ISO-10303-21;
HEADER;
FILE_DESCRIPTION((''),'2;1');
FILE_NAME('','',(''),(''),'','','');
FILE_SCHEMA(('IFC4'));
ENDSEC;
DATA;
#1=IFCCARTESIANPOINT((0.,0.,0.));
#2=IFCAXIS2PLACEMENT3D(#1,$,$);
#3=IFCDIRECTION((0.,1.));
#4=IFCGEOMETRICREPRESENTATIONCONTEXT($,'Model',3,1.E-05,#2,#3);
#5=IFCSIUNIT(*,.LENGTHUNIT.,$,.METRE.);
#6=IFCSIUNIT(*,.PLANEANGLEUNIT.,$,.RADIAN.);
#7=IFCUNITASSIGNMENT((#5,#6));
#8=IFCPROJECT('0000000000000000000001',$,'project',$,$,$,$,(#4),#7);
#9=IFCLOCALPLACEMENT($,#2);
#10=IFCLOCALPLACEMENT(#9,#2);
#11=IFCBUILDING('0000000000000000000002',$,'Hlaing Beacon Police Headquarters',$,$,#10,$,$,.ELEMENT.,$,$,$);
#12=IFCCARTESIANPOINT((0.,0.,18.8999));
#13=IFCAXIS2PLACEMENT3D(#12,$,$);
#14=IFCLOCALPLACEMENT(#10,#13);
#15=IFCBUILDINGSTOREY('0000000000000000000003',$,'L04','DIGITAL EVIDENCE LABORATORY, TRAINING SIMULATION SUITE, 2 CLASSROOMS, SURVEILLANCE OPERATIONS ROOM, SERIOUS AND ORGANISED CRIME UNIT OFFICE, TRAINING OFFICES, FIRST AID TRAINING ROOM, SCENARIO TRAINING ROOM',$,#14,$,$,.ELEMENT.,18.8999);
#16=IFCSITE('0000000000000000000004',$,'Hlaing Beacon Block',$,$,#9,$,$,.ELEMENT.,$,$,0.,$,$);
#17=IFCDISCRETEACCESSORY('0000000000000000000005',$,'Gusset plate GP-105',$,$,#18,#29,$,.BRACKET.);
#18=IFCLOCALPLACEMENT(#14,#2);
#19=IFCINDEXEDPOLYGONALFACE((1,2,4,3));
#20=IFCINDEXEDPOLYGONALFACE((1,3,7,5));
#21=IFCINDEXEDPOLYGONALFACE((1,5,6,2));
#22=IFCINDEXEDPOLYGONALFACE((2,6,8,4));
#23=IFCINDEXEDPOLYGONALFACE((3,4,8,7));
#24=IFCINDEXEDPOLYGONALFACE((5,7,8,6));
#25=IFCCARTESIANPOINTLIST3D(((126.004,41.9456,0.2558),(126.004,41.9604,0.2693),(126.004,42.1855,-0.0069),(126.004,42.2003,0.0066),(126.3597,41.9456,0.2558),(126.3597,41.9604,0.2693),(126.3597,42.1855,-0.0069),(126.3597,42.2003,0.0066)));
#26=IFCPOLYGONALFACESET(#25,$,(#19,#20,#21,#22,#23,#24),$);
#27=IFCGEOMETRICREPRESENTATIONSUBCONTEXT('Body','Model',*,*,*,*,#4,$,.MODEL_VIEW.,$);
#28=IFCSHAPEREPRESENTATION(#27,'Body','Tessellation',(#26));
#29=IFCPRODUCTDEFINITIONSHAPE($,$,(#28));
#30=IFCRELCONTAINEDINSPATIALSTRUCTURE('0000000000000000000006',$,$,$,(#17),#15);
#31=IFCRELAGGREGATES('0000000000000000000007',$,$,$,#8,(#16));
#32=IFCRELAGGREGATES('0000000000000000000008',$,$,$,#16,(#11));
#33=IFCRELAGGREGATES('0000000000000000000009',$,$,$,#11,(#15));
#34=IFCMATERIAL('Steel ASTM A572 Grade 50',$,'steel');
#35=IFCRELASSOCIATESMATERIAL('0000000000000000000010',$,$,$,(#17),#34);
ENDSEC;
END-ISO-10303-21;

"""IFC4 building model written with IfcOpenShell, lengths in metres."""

from ifc_helpers import new_model, si_unit, direction, frame, origin, origin_2d, place, context, subcontext, project, spatial, rectangle, extrude, material, element, save


model = new_model("IFC4")

# Units and contexts
model_context = context("Model", 3, precision=1e-05, world=origin(), true_north=direction((0.0, 1.0)))
body_context = subcontext(model_context, "Body", "Model", "MODEL_VIEW")
ifc_project = project(units=[si_unit("LENGTHUNIT", "METRE"), si_unit("PLANEANGLEUNIT", "RADIAN")], contexts=[model_context])

# Site, building, storey
site_placement = place(None, origin())
site = spatial("IfcSite", under=ifc_project, at=site_placement, Name="Hlaing Beacon Block", CompositionType="ELEMENT", RefElevation=0.0)
building_placement = place(site_placement, origin())
building = spatial("IfcBuilding", under=site, at=building_placement, Name="Hlaing Beacon Police Headquarters", CompositionType="ELEMENT")
storey_placement = place(building_placement, frame((0.0, 0.0, 18.8999)))
storey = spatial("IfcBuildingStorey", under=building, at=storey_placement, Name="L04", Description="DIGITAL EVIDENCE LABORATORY, TRAINING SIMULATION SUITE, 2 CLASSROOMS, SURVEILLANCE OPERATIONS ROOM, SERIOUS AND ORGANISED CRIME UNIT OFFICE, TRAINING OFFICES, FIRST AID TRAINING ROOM, SCENARIO TRAINING ROOM", CompositionType="ELEMENT", Elevation=18.8999)

# Discrete accessory
ifc_material_1 = material(Name="Steel ASTM A572 Grade 50", Category="steel")
discrete_accessory_placement = place(storey_placement, frame((126.1819, 42.0803, 0.1379), z_axis=(0.0, -0.738447, -0.674312), x_axis=(1.0, 0.0, 0.0)))
element("IfcDiscreteAccessory", 1, at=discrete_accessory_placement, inside=storey, material=ifc_material_1, Name="Gusset plate GP-105", PredefinedType="BRACKET", context=body_context, shape_type="SweptSolid", body=[
    extrude(rectangle(XDim=0.3557, YDim=0.3557, at=origin_2d()), origin(), (0.0, 0.0, 1.0), 0.02),
])

save(model, "model.ifc")
